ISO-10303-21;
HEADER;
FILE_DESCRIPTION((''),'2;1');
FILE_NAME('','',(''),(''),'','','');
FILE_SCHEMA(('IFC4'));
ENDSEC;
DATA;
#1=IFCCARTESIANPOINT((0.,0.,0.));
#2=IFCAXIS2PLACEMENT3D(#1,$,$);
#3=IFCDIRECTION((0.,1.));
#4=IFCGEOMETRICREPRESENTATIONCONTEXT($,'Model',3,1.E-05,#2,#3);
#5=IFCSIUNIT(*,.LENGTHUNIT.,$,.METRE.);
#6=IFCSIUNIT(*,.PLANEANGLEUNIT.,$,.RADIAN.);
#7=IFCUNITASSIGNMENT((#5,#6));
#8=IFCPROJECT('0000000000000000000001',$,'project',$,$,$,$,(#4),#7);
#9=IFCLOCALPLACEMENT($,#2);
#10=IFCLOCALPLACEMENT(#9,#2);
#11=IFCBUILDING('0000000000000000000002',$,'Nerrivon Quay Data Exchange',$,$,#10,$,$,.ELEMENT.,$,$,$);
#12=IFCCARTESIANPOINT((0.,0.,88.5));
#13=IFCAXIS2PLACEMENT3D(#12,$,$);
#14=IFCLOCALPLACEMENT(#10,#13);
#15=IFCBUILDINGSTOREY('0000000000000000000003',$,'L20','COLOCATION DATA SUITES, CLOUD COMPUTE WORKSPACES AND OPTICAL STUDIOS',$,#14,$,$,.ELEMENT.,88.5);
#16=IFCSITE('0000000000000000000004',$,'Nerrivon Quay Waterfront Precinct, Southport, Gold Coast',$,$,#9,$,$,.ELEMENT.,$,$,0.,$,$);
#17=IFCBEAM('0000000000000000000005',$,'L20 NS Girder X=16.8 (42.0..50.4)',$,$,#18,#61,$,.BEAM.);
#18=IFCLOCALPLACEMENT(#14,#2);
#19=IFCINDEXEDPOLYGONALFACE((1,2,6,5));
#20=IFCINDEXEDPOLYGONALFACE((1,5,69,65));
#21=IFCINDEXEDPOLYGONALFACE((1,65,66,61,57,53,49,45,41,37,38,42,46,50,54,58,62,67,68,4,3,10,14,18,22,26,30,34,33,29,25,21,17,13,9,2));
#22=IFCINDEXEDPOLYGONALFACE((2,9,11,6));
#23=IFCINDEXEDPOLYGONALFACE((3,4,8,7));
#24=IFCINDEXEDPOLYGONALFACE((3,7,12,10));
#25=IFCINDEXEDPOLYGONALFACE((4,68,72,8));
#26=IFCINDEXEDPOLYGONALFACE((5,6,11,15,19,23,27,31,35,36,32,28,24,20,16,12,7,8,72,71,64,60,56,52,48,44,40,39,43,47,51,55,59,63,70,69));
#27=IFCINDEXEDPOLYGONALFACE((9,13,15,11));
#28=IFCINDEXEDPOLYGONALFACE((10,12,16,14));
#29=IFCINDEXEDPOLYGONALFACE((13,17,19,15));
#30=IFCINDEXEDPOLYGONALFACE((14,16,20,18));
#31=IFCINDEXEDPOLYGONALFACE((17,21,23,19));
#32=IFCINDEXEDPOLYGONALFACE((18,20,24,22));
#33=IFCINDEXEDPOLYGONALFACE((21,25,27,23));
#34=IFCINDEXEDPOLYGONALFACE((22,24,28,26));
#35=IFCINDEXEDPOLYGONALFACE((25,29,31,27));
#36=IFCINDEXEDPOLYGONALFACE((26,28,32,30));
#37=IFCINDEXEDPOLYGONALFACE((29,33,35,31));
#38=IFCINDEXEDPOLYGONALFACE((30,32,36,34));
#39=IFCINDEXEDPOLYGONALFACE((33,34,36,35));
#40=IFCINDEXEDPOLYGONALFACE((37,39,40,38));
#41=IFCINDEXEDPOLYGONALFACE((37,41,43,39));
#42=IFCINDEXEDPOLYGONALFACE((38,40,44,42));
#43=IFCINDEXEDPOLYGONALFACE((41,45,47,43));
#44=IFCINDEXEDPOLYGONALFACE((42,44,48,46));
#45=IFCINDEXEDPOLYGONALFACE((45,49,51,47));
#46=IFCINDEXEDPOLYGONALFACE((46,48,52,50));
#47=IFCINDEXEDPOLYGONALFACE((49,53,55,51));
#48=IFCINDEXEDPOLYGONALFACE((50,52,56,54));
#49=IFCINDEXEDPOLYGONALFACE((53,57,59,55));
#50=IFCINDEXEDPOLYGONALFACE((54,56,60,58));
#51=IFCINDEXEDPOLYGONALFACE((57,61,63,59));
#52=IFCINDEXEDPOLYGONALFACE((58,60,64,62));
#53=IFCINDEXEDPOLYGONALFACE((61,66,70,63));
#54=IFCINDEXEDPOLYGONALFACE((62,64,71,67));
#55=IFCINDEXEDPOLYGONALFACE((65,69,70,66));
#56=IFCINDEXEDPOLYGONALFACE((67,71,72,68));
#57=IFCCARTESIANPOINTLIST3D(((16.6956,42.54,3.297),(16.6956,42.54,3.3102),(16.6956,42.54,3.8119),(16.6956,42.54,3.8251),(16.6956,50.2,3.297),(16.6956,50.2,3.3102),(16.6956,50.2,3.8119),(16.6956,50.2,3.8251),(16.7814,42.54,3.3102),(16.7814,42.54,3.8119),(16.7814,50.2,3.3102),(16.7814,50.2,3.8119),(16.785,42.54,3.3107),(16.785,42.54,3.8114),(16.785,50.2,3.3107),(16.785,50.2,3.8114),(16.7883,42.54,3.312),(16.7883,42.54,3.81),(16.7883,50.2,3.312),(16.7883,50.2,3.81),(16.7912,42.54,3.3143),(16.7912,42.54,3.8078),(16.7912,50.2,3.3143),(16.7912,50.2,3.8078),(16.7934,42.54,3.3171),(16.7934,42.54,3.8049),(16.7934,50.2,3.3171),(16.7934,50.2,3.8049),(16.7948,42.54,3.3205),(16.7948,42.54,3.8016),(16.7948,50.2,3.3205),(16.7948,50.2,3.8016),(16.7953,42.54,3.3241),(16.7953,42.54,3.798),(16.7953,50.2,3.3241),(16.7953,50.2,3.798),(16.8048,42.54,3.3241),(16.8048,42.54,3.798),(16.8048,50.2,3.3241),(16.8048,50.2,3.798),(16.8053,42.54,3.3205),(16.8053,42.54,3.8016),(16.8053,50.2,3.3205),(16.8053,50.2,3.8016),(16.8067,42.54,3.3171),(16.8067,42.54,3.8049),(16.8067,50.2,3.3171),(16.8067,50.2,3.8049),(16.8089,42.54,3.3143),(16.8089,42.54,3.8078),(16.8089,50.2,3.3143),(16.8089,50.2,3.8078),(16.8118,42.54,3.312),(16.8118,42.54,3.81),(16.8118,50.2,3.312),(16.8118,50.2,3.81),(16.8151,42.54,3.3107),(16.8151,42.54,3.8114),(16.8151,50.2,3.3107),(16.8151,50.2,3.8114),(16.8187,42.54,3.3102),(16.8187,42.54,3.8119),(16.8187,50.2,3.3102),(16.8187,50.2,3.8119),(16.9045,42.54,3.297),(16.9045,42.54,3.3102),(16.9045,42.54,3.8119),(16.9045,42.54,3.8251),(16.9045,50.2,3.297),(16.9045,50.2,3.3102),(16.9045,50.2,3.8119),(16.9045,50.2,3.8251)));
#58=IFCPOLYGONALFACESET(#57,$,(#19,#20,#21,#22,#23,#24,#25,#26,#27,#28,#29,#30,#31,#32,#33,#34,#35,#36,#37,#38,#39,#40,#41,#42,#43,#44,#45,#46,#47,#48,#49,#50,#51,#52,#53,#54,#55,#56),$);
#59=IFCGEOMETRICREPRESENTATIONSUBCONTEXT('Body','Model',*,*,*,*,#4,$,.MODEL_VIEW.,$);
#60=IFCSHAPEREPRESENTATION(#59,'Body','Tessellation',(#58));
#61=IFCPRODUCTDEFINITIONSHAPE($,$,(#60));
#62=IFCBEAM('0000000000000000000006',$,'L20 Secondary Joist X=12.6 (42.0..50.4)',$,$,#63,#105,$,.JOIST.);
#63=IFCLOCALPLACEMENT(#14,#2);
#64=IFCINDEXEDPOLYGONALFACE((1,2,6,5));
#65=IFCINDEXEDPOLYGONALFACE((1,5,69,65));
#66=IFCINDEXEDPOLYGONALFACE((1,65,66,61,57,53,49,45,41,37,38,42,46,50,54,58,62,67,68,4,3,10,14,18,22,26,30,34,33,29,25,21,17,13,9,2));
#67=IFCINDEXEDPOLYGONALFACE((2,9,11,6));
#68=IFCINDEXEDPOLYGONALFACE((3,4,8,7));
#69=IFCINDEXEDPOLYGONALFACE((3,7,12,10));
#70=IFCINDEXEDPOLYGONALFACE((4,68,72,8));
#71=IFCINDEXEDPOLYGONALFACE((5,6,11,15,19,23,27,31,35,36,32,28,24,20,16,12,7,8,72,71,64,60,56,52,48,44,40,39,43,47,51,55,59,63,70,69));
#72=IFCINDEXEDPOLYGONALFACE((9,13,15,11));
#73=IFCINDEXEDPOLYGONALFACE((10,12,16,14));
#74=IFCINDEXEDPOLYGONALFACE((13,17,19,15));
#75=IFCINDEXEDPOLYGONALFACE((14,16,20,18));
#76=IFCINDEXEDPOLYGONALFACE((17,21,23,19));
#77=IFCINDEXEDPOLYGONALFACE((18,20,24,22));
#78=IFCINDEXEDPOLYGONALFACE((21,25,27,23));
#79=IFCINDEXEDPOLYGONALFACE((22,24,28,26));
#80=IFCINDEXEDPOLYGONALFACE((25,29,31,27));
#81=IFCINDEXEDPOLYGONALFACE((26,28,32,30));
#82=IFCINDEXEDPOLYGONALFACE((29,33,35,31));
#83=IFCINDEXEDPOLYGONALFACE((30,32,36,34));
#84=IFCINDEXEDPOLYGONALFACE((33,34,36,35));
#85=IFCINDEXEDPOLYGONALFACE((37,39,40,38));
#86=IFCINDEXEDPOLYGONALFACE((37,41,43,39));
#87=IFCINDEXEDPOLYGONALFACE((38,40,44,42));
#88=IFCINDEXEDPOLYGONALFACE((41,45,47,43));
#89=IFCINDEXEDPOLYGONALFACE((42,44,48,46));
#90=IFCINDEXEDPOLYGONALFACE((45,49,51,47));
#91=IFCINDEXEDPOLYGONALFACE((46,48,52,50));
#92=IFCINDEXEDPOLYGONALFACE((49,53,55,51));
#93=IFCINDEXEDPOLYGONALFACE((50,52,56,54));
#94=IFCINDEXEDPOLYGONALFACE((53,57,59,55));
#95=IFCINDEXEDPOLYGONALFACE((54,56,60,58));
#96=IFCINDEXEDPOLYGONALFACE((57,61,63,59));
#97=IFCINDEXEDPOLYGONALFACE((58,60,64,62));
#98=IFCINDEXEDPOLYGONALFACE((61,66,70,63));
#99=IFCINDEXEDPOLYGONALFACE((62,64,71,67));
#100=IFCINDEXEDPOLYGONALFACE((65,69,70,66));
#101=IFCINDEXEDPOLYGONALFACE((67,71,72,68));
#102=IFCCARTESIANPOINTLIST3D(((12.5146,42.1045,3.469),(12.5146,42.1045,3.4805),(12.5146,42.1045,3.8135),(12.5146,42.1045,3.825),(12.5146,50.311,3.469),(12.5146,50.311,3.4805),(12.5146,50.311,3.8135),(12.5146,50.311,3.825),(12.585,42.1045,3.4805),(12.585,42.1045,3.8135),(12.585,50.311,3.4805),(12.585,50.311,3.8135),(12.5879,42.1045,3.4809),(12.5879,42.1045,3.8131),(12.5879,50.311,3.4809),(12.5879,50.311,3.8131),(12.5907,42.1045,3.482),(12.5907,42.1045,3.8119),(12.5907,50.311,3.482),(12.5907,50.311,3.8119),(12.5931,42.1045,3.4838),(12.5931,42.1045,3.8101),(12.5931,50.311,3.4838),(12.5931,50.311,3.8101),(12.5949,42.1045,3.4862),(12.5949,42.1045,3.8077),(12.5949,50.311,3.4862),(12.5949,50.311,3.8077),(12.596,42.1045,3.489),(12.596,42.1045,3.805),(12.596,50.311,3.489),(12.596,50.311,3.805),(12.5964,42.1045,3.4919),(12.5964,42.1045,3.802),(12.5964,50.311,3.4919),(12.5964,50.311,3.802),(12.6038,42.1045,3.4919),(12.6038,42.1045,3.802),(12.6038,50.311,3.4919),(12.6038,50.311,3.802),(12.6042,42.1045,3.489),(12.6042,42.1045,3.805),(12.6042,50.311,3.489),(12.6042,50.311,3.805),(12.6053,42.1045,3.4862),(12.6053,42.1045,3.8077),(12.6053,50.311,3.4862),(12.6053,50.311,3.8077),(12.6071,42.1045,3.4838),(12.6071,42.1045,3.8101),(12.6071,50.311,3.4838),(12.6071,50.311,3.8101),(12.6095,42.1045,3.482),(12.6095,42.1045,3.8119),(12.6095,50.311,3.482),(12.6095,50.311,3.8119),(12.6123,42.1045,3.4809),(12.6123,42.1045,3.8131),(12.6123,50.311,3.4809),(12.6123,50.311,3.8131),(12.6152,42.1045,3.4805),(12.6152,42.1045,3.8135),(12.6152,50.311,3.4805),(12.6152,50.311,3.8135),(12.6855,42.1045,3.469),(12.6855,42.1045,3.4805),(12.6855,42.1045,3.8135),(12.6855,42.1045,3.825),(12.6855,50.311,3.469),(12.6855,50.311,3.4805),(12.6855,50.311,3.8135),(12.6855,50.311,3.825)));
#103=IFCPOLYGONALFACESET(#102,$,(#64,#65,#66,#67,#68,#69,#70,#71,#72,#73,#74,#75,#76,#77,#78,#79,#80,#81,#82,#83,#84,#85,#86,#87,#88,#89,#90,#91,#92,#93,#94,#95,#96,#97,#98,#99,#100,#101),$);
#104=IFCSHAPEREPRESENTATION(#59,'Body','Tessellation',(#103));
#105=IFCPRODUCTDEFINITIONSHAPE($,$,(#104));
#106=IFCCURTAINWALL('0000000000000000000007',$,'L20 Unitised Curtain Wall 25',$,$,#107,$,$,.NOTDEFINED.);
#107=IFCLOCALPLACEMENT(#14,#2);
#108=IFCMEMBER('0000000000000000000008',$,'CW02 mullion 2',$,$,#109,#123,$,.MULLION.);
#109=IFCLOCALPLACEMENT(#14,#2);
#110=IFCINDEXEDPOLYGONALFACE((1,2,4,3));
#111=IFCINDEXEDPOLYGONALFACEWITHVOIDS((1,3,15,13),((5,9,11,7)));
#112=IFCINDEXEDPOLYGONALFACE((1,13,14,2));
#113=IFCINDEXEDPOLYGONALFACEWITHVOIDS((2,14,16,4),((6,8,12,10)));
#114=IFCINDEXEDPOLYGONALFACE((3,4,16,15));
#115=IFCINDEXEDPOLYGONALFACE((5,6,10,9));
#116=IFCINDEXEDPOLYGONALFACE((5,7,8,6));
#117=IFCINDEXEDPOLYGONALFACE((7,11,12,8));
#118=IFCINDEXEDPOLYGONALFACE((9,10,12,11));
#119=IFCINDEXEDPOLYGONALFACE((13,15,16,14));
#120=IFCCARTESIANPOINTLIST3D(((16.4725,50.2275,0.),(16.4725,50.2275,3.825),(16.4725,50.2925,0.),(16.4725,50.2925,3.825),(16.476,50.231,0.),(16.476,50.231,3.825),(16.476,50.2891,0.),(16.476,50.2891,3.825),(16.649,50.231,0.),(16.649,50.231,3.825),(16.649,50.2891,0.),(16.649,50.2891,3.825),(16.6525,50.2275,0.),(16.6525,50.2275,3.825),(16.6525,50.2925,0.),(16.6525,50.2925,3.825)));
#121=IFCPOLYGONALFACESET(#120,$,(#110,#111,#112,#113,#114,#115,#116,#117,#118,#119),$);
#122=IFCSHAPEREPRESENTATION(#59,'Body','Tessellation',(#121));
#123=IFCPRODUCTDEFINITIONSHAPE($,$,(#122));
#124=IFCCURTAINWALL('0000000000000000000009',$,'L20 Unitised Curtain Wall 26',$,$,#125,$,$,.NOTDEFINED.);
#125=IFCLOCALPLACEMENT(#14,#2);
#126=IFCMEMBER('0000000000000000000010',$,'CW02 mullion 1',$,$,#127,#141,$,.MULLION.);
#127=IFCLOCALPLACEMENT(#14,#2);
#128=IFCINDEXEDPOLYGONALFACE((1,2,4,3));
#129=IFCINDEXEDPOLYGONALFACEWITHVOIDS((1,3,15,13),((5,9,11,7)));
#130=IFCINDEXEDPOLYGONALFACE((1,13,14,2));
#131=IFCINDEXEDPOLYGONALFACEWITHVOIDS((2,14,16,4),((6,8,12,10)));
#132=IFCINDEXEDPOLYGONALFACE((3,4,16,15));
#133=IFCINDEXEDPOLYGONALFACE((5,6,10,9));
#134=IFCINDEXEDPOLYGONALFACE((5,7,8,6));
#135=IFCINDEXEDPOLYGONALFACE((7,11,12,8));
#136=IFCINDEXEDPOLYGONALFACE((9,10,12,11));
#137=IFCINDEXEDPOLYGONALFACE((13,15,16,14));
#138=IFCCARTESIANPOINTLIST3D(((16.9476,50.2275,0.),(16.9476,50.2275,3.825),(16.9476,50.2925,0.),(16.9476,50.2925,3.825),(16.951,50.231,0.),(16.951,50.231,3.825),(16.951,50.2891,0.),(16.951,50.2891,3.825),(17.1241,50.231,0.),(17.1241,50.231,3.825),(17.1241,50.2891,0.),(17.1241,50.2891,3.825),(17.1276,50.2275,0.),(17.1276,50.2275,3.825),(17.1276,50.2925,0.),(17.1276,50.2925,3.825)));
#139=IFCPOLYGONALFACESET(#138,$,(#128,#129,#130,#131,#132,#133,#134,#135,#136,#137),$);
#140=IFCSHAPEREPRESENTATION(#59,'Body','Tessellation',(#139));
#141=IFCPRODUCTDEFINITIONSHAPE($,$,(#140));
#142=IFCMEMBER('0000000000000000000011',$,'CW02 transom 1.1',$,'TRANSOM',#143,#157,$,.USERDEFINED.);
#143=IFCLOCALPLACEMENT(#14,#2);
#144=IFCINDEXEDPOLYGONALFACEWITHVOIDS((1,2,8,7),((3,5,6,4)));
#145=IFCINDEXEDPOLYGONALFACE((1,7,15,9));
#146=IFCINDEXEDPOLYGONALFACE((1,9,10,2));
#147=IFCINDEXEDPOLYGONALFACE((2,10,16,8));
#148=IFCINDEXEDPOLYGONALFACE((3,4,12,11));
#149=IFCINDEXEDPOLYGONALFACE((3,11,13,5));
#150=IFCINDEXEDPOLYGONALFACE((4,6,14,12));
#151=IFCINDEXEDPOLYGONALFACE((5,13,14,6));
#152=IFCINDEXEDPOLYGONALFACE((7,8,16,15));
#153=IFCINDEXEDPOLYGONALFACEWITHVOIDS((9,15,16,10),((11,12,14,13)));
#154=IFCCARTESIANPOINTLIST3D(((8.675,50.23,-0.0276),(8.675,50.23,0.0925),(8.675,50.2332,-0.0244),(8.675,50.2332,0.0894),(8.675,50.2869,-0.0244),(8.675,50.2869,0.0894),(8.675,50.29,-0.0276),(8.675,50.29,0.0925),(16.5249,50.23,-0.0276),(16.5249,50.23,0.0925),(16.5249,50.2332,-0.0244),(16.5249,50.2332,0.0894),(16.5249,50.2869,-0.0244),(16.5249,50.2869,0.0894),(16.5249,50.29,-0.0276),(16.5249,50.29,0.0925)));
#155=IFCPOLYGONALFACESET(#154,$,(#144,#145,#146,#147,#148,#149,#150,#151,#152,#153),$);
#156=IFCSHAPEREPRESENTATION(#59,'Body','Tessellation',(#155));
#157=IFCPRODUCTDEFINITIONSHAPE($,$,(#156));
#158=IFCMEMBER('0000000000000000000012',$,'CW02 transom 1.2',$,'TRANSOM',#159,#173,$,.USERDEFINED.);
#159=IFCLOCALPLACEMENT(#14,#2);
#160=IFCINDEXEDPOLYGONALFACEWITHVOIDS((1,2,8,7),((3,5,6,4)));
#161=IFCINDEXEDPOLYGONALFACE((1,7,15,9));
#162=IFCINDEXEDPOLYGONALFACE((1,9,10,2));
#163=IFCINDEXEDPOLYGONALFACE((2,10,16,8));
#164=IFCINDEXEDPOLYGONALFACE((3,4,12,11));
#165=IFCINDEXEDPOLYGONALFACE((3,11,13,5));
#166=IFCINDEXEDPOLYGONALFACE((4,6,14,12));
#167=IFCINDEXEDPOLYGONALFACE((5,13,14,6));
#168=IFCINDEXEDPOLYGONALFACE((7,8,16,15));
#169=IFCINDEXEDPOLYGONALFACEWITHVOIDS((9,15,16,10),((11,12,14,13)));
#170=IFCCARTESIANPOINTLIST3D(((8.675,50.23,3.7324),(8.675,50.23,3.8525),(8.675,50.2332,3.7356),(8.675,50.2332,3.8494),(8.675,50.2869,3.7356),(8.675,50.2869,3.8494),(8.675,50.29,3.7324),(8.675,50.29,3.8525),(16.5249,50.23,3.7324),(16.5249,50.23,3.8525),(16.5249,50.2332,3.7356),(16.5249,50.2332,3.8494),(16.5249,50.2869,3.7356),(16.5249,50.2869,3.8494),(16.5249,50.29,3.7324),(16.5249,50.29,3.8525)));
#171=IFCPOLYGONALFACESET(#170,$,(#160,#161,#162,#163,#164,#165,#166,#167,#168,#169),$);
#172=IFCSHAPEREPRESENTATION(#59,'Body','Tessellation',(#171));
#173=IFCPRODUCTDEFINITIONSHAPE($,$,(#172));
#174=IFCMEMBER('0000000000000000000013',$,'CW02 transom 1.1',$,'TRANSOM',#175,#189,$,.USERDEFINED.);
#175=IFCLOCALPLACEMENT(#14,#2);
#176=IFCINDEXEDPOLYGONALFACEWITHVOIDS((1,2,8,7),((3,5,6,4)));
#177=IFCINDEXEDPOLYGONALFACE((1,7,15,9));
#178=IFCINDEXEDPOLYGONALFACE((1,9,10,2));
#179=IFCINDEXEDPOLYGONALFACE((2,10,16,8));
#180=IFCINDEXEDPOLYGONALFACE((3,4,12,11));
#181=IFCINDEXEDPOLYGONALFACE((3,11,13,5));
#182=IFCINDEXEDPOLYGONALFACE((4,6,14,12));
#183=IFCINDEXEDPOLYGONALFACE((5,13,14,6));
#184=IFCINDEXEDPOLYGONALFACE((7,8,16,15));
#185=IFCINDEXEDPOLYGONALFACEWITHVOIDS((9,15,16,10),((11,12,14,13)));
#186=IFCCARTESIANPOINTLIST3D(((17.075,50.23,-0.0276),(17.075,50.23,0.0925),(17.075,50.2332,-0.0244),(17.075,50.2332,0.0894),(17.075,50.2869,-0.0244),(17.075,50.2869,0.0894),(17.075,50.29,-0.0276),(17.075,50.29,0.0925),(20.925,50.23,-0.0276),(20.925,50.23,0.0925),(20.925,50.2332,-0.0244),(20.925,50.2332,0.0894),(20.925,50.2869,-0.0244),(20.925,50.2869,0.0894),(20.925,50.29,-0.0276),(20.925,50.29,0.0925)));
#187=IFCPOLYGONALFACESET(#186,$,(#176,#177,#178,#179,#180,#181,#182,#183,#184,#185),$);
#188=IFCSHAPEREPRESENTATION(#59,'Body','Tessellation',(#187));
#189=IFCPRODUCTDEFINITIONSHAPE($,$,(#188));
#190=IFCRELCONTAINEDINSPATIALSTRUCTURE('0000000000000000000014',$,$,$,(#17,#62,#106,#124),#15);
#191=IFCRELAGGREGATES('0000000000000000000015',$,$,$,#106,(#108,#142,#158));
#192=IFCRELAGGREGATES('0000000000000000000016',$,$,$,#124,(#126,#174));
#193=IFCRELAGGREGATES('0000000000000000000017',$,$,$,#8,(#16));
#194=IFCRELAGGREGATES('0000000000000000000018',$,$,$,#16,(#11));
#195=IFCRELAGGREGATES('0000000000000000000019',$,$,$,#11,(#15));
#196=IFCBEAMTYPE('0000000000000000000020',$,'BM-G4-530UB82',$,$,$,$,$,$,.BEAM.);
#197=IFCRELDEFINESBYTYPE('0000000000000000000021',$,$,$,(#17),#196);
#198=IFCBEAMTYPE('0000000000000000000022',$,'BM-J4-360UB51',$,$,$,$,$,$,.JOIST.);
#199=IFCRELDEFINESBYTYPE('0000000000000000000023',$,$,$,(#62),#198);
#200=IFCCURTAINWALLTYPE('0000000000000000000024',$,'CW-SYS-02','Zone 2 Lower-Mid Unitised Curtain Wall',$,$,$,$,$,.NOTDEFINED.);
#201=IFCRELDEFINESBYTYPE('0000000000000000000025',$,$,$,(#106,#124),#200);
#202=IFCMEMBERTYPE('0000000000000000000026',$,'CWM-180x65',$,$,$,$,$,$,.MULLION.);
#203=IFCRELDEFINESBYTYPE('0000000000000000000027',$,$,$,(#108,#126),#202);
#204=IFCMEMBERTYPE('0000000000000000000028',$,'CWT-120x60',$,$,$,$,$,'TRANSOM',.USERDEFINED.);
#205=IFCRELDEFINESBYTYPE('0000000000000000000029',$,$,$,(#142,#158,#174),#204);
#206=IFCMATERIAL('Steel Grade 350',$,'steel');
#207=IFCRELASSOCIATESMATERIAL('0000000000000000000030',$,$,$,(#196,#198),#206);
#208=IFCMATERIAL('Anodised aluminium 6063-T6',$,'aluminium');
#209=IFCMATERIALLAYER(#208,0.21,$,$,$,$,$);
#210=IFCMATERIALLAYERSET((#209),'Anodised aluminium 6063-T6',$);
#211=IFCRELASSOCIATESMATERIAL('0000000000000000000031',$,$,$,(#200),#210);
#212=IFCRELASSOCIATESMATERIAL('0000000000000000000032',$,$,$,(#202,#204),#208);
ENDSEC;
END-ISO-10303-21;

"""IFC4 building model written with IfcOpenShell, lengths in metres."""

from ifc_helpers import new_model, si_unit, direction, frame, origin, origin_2d, place, context, subcontext, project, spatial, hollow_rectangle, i_section, extrude, material, layer, layer_set, material_profile, profile_set, type_object, element, aggregate, save


model = new_model("IFC4")

# Units and contexts
model_context = context("Model", 3, precision=1e-05, world=origin(), true_north=direction((0.0, 1.0)))
body_context = subcontext(model_context, "Body", "Model", "MODEL_VIEW")
ifc_project = project(units=[si_unit("LENGTHUNIT", "METRE"), si_unit("PLANEANGLEUNIT", "RADIAN")], contexts=[model_context])

# Site, building, storey
site_placement = place(None, origin())
site = spatial("IfcSite", under=ifc_project, at=site_placement, Name="Nerrivon Quay Waterfront Precinct, Southport, Gold Coast", CompositionType="ELEMENT", RefElevation=0.0)
building_placement = place(site_placement, origin())
building = spatial("IfcBuilding", under=site, at=building_placement, Name="Nerrivon Quay Data Exchange", CompositionType="ELEMENT")
storey_placement = place(building_placement, frame((0.0, 0.0, 88.5)))
storey = spatial("IfcBuildingStorey", under=building, at=storey_placement, Name="L20", Description="COLOCATION DATA SUITES, CLOUD COMPUTE WORKSPACES AND OPTICAL STUDIOS", CompositionType="ELEMENT", Elevation=88.5)

# Shared definitions
ifc_material_1 = material(Name="Steel Grade 350", Category="steel")

# Beams
ifc_material_profile_1 = material_profile(ifc_material_1, i_section(OverallWidth=0.209, OverallDepth=0.5281, WebThickness=0.0095, FlangeThickness=0.0132, FilletRadius=0.0139, at=origin_2d()), Name="530UB82.0")
ifc_profile_set_1 = profile_set([ifc_material_profile_1], Name="Steel Grade 350")
beam_type_1 = type_object("IfcBeamType", Name="BM-G4-530UB82", PredefinedType="BEAM", material=ifc_profile_set_1)
beam_1_placement = place(storey_placement, frame((16.8, 42.54, 3.561), z_axis=(0.0, 1.0, 0.0), x_axis=(-1.0, 0.0, 0.0)))
element("IfcBeam", 1, at=beam_1_placement, inside=storey, type_object=beam_type_1, Name="L20 NS Girder X=16.8 (42.0..50.4)", PredefinedType="BEAM", context=body_context, shape_type="SweptSolid", body=[
    extrude(i_section(OverallWidth=0.209, OverallDepth=0.5281, WebThickness=0.0095, FlangeThickness=0.0132, FilletRadius=0.0139, at=origin_2d()), origin(), (0.0, 0.0, 1.0), 7.6599),
])
ifc_material_profile_2 = material_profile(ifc_material_1, i_section(OverallWidth=0.1709, OverallDepth=0.356, WebThickness=0.0073, FlangeThickness=0.0115, FilletRadius=0.0115, at=origin_2d()), Name="360UB50.7")
ifc_profile_set_2 = profile_set([ifc_material_profile_2], Name="Steel Grade 350")
beam_type_2 = type_object("IfcBeamType", Name="BM-J4-360UB51", PredefinedType="JOIST", material=ifc_profile_set_2)
beam_2_placement = place(storey_placement, frame((12.6001, 42.1045, 3.647), z_axis=(0.0, 1.0, 0.0), x_axis=(-1.0, 0.0, 0.0)))
element("IfcBeam", 2, at=beam_2_placement, inside=storey, type_object=beam_type_2, Name="L20 Secondary Joist X=12.6 (42.0..50.4)", PredefinedType="JOIST", context=body_context, shape_type="SweptSolid", body=[
    extrude(i_section(OverallWidth=0.1709, OverallDepth=0.356, WebThickness=0.0073, FlangeThickness=0.0115, FilletRadius=0.0115, at=origin_2d()), origin(), (0.0, 0.0, 1.0), 8.2065),
])

# Curtain walls, members
ifc_material_2 = material(Name="Anodised aluminium 6063-T6", Category="aluminium")
ifc_layer_1 = layer(ifc_material_2, 0.21)
ifc_layer_set_1 = layer_set([ifc_layer_1], Name="Anodised aluminium 6063-T6")
curtain_wall_type = type_object("IfcCurtainWallType", Name="CW-SYS-02", Description="Zone 2 Lower-Mid Unitised Curtain Wall", PredefinedType="NOTDEFINED", material=ifc_layer_set_1)
curtain_wall_1_placement = place(storey_placement, origin())
curtain_wall_1 = element("IfcCurtainWall", 3, at=curtain_wall_1_placement, inside=storey, type_object=curtain_wall_type, Name="L20 Unitised Curtain Wall 25", PredefinedType="NOTDEFINED")
ifc_material_profile_3 = material_profile(ifc_material_2, hollow_rectangle(XDim=0.0649, YDim=0.1799, WallThickness=0.0034, at=origin_2d()), Name="ALU-MULL-180x65")
ifc_profile_set_3 = profile_set([ifc_material_profile_3], Name="Anodised aluminium 6063-T6")
member_type_1 = type_object("IfcMemberType", Name="CWM-180x65", PredefinedType="MULLION", material=ifc_profile_set_3)
member_1_placement = place(storey_placement, frame((16.5625, 50.26, 0.0), z_axis=(0.0, 0.0, 1.0), x_axis=(0.0, 1.0, 0.0)))
member_1 = element("IfcMember", 4, at=member_1_placement, type_object=member_type_1, Name="CW02 mullion 2", PredefinedType="MULLION", context=body_context, shape_type="SweptSolid", body=[
    extrude(hollow_rectangle(XDim=0.0649, YDim=0.1799, WallThickness=0.0034, at=origin_2d()), origin(), (0.0, 0.0, 1.0), 3.825),
])
curtain_wall_2_placement = place(storey_placement, origin())
curtain_wall_2 = element("IfcCurtainWall", 5, at=curtain_wall_2_placement, inside=storey, type_object=curtain_wall_type, Name="L20 Unitised Curtain Wall 26", PredefinedType="NOTDEFINED")
member_2_placement = place(storey_placement, frame((17.0376, 50.26, 0.0), z_axis=(0.0, 0.0, 1.0), x_axis=(0.0, 1.0, 0.0)))
member_2 = element("IfcMember", 6, at=member_2_placement, type_object=member_type_1, Name="CW02 mullion 1", PredefinedType="MULLION", context=body_context, shape_type="SweptSolid", body=[
    extrude(hollow_rectangle(XDim=0.0649, YDim=0.1799, WallThickness=0.0034, at=origin_2d()), origin(), (0.0, 0.0, 1.0), 3.825),
])

# Members
ifc_material_profile_4 = material_profile(ifc_material_2, hollow_rectangle(XDim=0.0601, YDim=0.1201, WallThickness=0.0032, at=origin_2d()), Name="ALU-TRAN-120x60")
ifc_profile_set_4 = profile_set([ifc_material_profile_4], Name="Anodised aluminium 6063-T6")
member_type_2 = type_object("IfcMemberType", Name="CWT-120x60", ElementType="TRANSOM", PredefinedType="USERDEFINED", material=ifc_profile_set_4)
member_3_placement = place(storey_placement, frame((8.675, 50.26, 0.0325), z_axis=(1.0, 0.0, 0.0), x_axis=(0.0, 1.0, 0.0)))
member_3 = element("IfcMember", 7, at=member_3_placement, type_object=member_type_2, Name="CW02 transom 1.1", ObjectType="TRANSOM", PredefinedType="USERDEFINED", context=body_context, shape_type="SweptSolid", body=[
    extrude(hollow_rectangle(XDim=0.0601, YDim=0.1201, WallThickness=0.0032, at=origin_2d()), origin(), (0.0, 0.0, 1.0), 7.8499),
])
member_4_placement = place(storey_placement, frame((8.675, 50.26, 3.7925), z_axis=(1.0, 0.0, 0.0), x_axis=(0.0, 1.0, 0.0)))
member_4 = element("IfcMember", 8, at=member_4_placement, type_object=member_type_2, Name="CW02 transom 1.2", ObjectType="TRANSOM", PredefinedType="USERDEFINED", context=body_context, shape_type="SweptSolid", body=[
    extrude(hollow_rectangle(XDim=0.0601, YDim=0.1201, WallThickness=0.0032, at=origin_2d()), origin(), (0.0, 0.0, 1.0), 7.8499),
])
member_5_placement = place(storey_placement, frame((17.075, 50.26, 0.0325), z_axis=(1.0, 0.0, 0.0), x_axis=(0.0, 1.0, 0.0)))
member_5 = element("IfcMember", 9, at=member_5_placement, type_object=member_type_2, Name="CW02 transom 1.1", ObjectType="TRANSOM", PredefinedType="USERDEFINED", context=body_context, shape_type="SweptSolid", body=[
    extrude(hollow_rectangle(XDim=0.0601, YDim=0.1201, WallThickness=0.0032, at=origin_2d()), origin(), (0.0, 0.0, 1.0), 3.8501),
])

aggregate(curtain_wall_1, [member_1, member_3, member_4])
aggregate(curtain_wall_2, [member_2, member_5])

save(model, "model.ifc")
